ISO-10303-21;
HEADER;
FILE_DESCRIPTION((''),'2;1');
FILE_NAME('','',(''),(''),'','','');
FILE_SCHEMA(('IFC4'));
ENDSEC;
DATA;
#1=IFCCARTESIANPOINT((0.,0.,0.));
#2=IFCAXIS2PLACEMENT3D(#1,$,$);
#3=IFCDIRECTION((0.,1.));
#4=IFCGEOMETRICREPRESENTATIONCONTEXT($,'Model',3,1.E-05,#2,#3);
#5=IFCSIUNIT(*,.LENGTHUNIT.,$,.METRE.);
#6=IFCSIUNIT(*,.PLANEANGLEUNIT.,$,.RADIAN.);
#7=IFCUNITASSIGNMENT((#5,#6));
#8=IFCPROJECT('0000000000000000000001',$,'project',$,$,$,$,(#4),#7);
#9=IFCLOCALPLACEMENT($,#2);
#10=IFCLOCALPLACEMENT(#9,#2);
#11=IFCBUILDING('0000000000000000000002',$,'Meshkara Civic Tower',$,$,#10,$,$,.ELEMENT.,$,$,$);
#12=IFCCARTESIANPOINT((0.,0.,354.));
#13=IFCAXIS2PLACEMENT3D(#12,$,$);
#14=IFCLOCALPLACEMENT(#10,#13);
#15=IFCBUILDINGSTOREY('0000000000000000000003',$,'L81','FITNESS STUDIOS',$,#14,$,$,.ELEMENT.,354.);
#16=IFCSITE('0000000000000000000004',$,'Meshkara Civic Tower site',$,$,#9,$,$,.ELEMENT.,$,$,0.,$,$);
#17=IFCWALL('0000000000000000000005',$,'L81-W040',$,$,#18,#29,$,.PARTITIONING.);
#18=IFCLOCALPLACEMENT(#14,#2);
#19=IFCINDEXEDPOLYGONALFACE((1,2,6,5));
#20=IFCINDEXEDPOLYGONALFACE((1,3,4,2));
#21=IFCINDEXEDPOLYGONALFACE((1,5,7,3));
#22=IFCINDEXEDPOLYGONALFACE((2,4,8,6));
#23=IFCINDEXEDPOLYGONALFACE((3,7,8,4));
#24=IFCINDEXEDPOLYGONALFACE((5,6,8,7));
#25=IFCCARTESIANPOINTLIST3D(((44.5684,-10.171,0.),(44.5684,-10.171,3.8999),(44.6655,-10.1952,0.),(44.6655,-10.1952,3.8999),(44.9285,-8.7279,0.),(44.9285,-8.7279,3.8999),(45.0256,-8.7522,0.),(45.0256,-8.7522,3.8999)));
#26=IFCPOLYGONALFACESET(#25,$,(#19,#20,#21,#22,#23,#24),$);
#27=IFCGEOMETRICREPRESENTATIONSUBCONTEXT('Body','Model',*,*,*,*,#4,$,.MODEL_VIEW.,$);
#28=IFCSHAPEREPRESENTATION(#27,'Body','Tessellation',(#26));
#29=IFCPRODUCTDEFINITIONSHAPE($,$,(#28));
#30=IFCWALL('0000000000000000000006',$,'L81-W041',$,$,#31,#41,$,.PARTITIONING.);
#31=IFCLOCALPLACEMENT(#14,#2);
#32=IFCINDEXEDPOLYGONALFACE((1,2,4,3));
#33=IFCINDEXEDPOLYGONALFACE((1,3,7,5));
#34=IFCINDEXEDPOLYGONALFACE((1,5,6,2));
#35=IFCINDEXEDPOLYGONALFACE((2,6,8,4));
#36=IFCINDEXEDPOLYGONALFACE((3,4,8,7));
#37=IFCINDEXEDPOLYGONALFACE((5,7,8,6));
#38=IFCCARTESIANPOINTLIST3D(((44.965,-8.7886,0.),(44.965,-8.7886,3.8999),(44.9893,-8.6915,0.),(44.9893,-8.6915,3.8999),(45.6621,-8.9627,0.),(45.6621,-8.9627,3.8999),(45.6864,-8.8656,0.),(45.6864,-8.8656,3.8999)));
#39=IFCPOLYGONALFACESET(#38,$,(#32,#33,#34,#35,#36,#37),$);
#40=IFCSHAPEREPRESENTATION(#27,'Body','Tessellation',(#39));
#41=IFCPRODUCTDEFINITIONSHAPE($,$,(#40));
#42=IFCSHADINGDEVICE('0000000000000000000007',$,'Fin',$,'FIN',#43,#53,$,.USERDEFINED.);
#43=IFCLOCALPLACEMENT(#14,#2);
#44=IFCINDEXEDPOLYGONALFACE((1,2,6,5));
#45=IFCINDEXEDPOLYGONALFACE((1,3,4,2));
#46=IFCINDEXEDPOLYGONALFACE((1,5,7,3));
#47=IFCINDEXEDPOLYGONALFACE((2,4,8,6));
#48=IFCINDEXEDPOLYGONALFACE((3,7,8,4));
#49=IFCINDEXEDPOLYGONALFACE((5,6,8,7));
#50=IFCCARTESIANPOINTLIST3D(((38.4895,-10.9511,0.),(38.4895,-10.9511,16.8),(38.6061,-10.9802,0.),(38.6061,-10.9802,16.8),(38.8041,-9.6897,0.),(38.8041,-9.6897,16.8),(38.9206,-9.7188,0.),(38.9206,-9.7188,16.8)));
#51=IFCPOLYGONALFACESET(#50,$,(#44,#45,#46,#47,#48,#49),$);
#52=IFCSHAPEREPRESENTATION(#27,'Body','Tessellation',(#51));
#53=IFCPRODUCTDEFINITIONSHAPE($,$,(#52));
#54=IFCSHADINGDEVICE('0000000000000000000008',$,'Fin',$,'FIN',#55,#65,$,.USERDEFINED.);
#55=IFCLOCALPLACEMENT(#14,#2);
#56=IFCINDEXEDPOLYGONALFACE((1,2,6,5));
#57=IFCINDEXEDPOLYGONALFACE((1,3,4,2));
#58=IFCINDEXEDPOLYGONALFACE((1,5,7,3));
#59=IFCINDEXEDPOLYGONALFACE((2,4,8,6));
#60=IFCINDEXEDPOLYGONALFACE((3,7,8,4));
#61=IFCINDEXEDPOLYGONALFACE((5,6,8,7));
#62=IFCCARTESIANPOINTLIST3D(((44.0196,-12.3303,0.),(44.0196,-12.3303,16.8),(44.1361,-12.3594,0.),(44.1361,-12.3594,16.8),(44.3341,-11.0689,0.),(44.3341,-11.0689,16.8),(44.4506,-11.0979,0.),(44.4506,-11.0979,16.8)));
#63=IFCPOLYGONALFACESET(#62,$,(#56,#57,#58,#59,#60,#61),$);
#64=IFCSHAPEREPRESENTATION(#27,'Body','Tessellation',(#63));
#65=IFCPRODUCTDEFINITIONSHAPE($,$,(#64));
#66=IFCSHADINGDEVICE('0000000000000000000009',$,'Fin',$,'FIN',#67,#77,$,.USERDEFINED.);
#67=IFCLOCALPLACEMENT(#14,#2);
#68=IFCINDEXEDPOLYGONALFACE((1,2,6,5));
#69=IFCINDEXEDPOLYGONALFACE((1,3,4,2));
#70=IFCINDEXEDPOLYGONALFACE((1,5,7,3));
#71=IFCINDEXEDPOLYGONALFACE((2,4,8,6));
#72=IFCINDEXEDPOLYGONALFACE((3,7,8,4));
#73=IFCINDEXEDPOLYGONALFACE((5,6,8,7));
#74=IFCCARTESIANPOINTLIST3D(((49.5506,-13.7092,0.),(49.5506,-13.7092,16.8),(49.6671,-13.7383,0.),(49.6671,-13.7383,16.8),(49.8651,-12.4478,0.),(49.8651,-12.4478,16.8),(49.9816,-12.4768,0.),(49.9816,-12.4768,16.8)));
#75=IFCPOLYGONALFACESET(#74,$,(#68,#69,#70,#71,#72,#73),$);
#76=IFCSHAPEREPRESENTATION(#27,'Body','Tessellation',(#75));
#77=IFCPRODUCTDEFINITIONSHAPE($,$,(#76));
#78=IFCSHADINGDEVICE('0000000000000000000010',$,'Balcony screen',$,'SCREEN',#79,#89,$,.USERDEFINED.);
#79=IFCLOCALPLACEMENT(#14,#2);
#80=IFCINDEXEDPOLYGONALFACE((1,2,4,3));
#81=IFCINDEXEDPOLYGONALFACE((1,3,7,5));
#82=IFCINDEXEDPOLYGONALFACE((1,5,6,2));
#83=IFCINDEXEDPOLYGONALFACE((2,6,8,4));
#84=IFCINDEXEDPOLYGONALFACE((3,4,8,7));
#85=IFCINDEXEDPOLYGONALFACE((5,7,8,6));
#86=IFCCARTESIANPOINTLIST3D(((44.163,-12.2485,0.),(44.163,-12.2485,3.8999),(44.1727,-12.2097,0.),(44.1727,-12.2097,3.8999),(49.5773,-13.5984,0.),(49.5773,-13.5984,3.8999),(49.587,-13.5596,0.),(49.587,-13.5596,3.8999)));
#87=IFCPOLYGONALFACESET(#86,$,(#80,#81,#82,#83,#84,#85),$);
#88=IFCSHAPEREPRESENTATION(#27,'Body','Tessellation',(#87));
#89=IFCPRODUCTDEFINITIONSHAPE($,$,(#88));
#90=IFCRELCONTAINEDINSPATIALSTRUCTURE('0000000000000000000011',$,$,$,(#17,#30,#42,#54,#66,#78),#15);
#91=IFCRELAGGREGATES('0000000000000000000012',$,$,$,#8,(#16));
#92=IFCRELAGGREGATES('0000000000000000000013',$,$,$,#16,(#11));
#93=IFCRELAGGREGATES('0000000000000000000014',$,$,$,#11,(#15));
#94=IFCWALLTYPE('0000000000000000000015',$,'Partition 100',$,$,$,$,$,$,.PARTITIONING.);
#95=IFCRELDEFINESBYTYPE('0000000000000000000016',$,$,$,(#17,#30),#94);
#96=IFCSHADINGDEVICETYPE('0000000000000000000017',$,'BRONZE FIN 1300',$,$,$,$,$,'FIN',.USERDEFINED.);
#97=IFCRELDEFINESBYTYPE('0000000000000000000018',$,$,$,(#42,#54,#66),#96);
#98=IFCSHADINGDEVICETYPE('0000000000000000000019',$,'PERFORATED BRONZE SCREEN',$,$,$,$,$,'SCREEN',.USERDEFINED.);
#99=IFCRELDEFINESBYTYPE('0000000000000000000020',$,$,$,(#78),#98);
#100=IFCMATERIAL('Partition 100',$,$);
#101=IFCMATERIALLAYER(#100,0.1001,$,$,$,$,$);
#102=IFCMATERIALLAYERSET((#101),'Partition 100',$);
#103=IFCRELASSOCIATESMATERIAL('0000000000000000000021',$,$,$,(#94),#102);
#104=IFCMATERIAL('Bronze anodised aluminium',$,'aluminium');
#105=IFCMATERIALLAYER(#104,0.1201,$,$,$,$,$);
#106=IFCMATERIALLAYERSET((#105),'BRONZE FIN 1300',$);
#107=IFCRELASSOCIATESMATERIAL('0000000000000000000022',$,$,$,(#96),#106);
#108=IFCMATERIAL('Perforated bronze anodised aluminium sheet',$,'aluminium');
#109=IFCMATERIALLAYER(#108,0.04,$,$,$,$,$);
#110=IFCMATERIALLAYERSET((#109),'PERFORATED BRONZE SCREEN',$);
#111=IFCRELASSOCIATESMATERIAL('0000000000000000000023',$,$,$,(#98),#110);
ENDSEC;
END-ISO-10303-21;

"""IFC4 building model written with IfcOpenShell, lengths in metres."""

from ifc_helpers import new_model, si_unit, direction, frame, frame_2d, origin, origin_2d, place, context, subcontext, project, spatial, rectangle, extrude, material, layer, layer_set, type_object, element, save


model = new_model("IFC4")

# Units and contexts
model_context = context("Model", 3, precision=1e-05, world=origin(), true_north=direction((0.0, 1.0)))
body_context = subcontext(model_context, "Body", "Model", "MODEL_VIEW")
ifc_project = project(units=[si_unit("LENGTHUNIT", "METRE"), si_unit("PLANEANGLEUNIT", "RADIAN")], contexts=[model_context])

# Site, building, storey
site_placement = place(None, origin())
site = spatial("IfcSite", under=ifc_project, at=site_placement, Name="Meshkara Civic Tower site", CompositionType="ELEMENT", RefElevation=0.0)
building_placement = place(site_placement, origin())
building = spatial("IfcBuilding", under=site, at=building_placement, Name="Meshkara Civic Tower", CompositionType="ELEMENT")
storey_placement = place(building_placement, frame((0.0, 0.0, 354.0)))
storey = spatial("IfcBuildingStorey", under=building, at=storey_placement, Name="L81", Description="FITNESS STUDIOS", CompositionType="ELEMENT", Elevation=354.0)

# Walls
ifc_material_1 = material(Name="Partition 100")
ifc_layer_1 = layer(ifc_material_1, 0.1001)
ifc_layer_set_1 = layer_set([ifc_layer_1], Name="Partition 100")
wall_type_1 = type_object("IfcWallType", Name="Partition 100", PredefinedType="PARTITIONING", material=ifc_layer_set_1)
wall_1_placement = place(storey_placement, frame((44.6169, -10.1831, 0.0), z_axis=(0.0, 0.0, 1.0), x_axis=(0.242111, 0.970249, 0.0)))
element("IfcWall", 1, at=wall_1_placement, inside=storey, type_object=wall_type_1, Name="L81-W040", PredefinedType="PARTITIONING", context=body_context, shape_type="SweptSolid", body=[
    extrude(rectangle(XDim=1.4873, YDim=0.1001, at=frame_2d((0.7437, 0.0))), origin(), (0.0, 0.0, 1.0), 3.8999),
])
wall_2_placement = place(storey_placement, frame((44.9771, -8.74, 0.0), z_axis=(0.0, 0.0, 1.0), x_axis=(0.970202, -0.242296, 0.0)))
element("IfcWall", 2, at=wall_2_placement, inside=storey, type_object=wall_type_1, Name="L81-W041", PredefinedType="PARTITIONING", context=body_context, shape_type="SweptSolid", body=[
    extrude(rectangle(XDim=0.7185, YDim=0.1001, at=frame_2d((0.3594, 0.0))), origin(), (0.0, 0.0, 1.0), 3.8999),
])

# Shading devices
ifc_material_2 = material(Name="Bronze anodised aluminium", Category="aluminium")
ifc_layer_2 = layer(ifc_material_2, 0.1201)
ifc_layer_set_2 = layer_set([ifc_layer_2], Name="BRONZE FIN 1300")
shading_device_type_1 = type_object("IfcShadingDeviceType", Name="BRONZE FIN 1300", ElementType="FIN", PredefinedType="USERDEFINED", material=ifc_layer_set_2)
for number, where, z_axis, x_axis, name in (
    (3, (38.7051, -10.335, 0.0), (0.0, 0.0, 1.0), (0.970296, -0.241922, 0.0), "Fin"),
    (4, (44.2351, -11.7141, 0.0), (0.0, 0.0, 1.0), (0.970296, -0.241922, 0.0), "Fin"),
    (5, (49.7661, -13.093, 0.0), (0.0, 0.0, 1.0), (0.970296, -0.241922, 0.0), "Fin"),
):
    element("IfcShadingDevice", number, at=place(storey_placement, frame(where, z_axis=z_axis, x_axis=x_axis)), inside=storey, type_object=shading_device_type_1, Name=name, ObjectType="FIN", PredefinedType="USERDEFINED", context=body_context, shape_type="SweptSolid", body=[
        extrude(rectangle(XDim=0.1201, YDim=1.3, at=origin_2d()), origin(), (0.0, 0.0, 1.0), 16.8),
    ])
ifc_material_3 = material(Name="Perforated bronze anodised aluminium sheet", Category="aluminium")
ifc_layer_3 = layer(ifc_material_3, 0.04)
ifc_layer_set_3 = layer_set([ifc_layer_3], Name="PERFORATED BRONZE SCREEN")
shading_device_type_2 = type_object("IfcShadingDeviceType", Name="PERFORATED BRONZE SCREEN", ElementType="SCREEN", PredefinedType="USERDEFINED", material=ifc_layer_set_3)
shading_device_placement = place(storey_placement, frame((46.875, -12.9041, 0.0), z_axis=(0.0, 0.0, 1.0), x_axis=(0.970296, -0.241922, 0.0)))
element("IfcShadingDevice", 6, at=shading_device_placement, inside=storey, type_object=shading_device_type_2, Name="Balcony screen", ObjectType="SCREEN", PredefinedType="USERDEFINED", context=body_context, shape_type="SweptSolid", body=[
    extrude(rectangle(XDim=5.5801, YDim=0.04, at=origin_2d()), origin(), (0.0, 0.0, 1.0), 3.8999),
])

save(model, "model.ifc")
